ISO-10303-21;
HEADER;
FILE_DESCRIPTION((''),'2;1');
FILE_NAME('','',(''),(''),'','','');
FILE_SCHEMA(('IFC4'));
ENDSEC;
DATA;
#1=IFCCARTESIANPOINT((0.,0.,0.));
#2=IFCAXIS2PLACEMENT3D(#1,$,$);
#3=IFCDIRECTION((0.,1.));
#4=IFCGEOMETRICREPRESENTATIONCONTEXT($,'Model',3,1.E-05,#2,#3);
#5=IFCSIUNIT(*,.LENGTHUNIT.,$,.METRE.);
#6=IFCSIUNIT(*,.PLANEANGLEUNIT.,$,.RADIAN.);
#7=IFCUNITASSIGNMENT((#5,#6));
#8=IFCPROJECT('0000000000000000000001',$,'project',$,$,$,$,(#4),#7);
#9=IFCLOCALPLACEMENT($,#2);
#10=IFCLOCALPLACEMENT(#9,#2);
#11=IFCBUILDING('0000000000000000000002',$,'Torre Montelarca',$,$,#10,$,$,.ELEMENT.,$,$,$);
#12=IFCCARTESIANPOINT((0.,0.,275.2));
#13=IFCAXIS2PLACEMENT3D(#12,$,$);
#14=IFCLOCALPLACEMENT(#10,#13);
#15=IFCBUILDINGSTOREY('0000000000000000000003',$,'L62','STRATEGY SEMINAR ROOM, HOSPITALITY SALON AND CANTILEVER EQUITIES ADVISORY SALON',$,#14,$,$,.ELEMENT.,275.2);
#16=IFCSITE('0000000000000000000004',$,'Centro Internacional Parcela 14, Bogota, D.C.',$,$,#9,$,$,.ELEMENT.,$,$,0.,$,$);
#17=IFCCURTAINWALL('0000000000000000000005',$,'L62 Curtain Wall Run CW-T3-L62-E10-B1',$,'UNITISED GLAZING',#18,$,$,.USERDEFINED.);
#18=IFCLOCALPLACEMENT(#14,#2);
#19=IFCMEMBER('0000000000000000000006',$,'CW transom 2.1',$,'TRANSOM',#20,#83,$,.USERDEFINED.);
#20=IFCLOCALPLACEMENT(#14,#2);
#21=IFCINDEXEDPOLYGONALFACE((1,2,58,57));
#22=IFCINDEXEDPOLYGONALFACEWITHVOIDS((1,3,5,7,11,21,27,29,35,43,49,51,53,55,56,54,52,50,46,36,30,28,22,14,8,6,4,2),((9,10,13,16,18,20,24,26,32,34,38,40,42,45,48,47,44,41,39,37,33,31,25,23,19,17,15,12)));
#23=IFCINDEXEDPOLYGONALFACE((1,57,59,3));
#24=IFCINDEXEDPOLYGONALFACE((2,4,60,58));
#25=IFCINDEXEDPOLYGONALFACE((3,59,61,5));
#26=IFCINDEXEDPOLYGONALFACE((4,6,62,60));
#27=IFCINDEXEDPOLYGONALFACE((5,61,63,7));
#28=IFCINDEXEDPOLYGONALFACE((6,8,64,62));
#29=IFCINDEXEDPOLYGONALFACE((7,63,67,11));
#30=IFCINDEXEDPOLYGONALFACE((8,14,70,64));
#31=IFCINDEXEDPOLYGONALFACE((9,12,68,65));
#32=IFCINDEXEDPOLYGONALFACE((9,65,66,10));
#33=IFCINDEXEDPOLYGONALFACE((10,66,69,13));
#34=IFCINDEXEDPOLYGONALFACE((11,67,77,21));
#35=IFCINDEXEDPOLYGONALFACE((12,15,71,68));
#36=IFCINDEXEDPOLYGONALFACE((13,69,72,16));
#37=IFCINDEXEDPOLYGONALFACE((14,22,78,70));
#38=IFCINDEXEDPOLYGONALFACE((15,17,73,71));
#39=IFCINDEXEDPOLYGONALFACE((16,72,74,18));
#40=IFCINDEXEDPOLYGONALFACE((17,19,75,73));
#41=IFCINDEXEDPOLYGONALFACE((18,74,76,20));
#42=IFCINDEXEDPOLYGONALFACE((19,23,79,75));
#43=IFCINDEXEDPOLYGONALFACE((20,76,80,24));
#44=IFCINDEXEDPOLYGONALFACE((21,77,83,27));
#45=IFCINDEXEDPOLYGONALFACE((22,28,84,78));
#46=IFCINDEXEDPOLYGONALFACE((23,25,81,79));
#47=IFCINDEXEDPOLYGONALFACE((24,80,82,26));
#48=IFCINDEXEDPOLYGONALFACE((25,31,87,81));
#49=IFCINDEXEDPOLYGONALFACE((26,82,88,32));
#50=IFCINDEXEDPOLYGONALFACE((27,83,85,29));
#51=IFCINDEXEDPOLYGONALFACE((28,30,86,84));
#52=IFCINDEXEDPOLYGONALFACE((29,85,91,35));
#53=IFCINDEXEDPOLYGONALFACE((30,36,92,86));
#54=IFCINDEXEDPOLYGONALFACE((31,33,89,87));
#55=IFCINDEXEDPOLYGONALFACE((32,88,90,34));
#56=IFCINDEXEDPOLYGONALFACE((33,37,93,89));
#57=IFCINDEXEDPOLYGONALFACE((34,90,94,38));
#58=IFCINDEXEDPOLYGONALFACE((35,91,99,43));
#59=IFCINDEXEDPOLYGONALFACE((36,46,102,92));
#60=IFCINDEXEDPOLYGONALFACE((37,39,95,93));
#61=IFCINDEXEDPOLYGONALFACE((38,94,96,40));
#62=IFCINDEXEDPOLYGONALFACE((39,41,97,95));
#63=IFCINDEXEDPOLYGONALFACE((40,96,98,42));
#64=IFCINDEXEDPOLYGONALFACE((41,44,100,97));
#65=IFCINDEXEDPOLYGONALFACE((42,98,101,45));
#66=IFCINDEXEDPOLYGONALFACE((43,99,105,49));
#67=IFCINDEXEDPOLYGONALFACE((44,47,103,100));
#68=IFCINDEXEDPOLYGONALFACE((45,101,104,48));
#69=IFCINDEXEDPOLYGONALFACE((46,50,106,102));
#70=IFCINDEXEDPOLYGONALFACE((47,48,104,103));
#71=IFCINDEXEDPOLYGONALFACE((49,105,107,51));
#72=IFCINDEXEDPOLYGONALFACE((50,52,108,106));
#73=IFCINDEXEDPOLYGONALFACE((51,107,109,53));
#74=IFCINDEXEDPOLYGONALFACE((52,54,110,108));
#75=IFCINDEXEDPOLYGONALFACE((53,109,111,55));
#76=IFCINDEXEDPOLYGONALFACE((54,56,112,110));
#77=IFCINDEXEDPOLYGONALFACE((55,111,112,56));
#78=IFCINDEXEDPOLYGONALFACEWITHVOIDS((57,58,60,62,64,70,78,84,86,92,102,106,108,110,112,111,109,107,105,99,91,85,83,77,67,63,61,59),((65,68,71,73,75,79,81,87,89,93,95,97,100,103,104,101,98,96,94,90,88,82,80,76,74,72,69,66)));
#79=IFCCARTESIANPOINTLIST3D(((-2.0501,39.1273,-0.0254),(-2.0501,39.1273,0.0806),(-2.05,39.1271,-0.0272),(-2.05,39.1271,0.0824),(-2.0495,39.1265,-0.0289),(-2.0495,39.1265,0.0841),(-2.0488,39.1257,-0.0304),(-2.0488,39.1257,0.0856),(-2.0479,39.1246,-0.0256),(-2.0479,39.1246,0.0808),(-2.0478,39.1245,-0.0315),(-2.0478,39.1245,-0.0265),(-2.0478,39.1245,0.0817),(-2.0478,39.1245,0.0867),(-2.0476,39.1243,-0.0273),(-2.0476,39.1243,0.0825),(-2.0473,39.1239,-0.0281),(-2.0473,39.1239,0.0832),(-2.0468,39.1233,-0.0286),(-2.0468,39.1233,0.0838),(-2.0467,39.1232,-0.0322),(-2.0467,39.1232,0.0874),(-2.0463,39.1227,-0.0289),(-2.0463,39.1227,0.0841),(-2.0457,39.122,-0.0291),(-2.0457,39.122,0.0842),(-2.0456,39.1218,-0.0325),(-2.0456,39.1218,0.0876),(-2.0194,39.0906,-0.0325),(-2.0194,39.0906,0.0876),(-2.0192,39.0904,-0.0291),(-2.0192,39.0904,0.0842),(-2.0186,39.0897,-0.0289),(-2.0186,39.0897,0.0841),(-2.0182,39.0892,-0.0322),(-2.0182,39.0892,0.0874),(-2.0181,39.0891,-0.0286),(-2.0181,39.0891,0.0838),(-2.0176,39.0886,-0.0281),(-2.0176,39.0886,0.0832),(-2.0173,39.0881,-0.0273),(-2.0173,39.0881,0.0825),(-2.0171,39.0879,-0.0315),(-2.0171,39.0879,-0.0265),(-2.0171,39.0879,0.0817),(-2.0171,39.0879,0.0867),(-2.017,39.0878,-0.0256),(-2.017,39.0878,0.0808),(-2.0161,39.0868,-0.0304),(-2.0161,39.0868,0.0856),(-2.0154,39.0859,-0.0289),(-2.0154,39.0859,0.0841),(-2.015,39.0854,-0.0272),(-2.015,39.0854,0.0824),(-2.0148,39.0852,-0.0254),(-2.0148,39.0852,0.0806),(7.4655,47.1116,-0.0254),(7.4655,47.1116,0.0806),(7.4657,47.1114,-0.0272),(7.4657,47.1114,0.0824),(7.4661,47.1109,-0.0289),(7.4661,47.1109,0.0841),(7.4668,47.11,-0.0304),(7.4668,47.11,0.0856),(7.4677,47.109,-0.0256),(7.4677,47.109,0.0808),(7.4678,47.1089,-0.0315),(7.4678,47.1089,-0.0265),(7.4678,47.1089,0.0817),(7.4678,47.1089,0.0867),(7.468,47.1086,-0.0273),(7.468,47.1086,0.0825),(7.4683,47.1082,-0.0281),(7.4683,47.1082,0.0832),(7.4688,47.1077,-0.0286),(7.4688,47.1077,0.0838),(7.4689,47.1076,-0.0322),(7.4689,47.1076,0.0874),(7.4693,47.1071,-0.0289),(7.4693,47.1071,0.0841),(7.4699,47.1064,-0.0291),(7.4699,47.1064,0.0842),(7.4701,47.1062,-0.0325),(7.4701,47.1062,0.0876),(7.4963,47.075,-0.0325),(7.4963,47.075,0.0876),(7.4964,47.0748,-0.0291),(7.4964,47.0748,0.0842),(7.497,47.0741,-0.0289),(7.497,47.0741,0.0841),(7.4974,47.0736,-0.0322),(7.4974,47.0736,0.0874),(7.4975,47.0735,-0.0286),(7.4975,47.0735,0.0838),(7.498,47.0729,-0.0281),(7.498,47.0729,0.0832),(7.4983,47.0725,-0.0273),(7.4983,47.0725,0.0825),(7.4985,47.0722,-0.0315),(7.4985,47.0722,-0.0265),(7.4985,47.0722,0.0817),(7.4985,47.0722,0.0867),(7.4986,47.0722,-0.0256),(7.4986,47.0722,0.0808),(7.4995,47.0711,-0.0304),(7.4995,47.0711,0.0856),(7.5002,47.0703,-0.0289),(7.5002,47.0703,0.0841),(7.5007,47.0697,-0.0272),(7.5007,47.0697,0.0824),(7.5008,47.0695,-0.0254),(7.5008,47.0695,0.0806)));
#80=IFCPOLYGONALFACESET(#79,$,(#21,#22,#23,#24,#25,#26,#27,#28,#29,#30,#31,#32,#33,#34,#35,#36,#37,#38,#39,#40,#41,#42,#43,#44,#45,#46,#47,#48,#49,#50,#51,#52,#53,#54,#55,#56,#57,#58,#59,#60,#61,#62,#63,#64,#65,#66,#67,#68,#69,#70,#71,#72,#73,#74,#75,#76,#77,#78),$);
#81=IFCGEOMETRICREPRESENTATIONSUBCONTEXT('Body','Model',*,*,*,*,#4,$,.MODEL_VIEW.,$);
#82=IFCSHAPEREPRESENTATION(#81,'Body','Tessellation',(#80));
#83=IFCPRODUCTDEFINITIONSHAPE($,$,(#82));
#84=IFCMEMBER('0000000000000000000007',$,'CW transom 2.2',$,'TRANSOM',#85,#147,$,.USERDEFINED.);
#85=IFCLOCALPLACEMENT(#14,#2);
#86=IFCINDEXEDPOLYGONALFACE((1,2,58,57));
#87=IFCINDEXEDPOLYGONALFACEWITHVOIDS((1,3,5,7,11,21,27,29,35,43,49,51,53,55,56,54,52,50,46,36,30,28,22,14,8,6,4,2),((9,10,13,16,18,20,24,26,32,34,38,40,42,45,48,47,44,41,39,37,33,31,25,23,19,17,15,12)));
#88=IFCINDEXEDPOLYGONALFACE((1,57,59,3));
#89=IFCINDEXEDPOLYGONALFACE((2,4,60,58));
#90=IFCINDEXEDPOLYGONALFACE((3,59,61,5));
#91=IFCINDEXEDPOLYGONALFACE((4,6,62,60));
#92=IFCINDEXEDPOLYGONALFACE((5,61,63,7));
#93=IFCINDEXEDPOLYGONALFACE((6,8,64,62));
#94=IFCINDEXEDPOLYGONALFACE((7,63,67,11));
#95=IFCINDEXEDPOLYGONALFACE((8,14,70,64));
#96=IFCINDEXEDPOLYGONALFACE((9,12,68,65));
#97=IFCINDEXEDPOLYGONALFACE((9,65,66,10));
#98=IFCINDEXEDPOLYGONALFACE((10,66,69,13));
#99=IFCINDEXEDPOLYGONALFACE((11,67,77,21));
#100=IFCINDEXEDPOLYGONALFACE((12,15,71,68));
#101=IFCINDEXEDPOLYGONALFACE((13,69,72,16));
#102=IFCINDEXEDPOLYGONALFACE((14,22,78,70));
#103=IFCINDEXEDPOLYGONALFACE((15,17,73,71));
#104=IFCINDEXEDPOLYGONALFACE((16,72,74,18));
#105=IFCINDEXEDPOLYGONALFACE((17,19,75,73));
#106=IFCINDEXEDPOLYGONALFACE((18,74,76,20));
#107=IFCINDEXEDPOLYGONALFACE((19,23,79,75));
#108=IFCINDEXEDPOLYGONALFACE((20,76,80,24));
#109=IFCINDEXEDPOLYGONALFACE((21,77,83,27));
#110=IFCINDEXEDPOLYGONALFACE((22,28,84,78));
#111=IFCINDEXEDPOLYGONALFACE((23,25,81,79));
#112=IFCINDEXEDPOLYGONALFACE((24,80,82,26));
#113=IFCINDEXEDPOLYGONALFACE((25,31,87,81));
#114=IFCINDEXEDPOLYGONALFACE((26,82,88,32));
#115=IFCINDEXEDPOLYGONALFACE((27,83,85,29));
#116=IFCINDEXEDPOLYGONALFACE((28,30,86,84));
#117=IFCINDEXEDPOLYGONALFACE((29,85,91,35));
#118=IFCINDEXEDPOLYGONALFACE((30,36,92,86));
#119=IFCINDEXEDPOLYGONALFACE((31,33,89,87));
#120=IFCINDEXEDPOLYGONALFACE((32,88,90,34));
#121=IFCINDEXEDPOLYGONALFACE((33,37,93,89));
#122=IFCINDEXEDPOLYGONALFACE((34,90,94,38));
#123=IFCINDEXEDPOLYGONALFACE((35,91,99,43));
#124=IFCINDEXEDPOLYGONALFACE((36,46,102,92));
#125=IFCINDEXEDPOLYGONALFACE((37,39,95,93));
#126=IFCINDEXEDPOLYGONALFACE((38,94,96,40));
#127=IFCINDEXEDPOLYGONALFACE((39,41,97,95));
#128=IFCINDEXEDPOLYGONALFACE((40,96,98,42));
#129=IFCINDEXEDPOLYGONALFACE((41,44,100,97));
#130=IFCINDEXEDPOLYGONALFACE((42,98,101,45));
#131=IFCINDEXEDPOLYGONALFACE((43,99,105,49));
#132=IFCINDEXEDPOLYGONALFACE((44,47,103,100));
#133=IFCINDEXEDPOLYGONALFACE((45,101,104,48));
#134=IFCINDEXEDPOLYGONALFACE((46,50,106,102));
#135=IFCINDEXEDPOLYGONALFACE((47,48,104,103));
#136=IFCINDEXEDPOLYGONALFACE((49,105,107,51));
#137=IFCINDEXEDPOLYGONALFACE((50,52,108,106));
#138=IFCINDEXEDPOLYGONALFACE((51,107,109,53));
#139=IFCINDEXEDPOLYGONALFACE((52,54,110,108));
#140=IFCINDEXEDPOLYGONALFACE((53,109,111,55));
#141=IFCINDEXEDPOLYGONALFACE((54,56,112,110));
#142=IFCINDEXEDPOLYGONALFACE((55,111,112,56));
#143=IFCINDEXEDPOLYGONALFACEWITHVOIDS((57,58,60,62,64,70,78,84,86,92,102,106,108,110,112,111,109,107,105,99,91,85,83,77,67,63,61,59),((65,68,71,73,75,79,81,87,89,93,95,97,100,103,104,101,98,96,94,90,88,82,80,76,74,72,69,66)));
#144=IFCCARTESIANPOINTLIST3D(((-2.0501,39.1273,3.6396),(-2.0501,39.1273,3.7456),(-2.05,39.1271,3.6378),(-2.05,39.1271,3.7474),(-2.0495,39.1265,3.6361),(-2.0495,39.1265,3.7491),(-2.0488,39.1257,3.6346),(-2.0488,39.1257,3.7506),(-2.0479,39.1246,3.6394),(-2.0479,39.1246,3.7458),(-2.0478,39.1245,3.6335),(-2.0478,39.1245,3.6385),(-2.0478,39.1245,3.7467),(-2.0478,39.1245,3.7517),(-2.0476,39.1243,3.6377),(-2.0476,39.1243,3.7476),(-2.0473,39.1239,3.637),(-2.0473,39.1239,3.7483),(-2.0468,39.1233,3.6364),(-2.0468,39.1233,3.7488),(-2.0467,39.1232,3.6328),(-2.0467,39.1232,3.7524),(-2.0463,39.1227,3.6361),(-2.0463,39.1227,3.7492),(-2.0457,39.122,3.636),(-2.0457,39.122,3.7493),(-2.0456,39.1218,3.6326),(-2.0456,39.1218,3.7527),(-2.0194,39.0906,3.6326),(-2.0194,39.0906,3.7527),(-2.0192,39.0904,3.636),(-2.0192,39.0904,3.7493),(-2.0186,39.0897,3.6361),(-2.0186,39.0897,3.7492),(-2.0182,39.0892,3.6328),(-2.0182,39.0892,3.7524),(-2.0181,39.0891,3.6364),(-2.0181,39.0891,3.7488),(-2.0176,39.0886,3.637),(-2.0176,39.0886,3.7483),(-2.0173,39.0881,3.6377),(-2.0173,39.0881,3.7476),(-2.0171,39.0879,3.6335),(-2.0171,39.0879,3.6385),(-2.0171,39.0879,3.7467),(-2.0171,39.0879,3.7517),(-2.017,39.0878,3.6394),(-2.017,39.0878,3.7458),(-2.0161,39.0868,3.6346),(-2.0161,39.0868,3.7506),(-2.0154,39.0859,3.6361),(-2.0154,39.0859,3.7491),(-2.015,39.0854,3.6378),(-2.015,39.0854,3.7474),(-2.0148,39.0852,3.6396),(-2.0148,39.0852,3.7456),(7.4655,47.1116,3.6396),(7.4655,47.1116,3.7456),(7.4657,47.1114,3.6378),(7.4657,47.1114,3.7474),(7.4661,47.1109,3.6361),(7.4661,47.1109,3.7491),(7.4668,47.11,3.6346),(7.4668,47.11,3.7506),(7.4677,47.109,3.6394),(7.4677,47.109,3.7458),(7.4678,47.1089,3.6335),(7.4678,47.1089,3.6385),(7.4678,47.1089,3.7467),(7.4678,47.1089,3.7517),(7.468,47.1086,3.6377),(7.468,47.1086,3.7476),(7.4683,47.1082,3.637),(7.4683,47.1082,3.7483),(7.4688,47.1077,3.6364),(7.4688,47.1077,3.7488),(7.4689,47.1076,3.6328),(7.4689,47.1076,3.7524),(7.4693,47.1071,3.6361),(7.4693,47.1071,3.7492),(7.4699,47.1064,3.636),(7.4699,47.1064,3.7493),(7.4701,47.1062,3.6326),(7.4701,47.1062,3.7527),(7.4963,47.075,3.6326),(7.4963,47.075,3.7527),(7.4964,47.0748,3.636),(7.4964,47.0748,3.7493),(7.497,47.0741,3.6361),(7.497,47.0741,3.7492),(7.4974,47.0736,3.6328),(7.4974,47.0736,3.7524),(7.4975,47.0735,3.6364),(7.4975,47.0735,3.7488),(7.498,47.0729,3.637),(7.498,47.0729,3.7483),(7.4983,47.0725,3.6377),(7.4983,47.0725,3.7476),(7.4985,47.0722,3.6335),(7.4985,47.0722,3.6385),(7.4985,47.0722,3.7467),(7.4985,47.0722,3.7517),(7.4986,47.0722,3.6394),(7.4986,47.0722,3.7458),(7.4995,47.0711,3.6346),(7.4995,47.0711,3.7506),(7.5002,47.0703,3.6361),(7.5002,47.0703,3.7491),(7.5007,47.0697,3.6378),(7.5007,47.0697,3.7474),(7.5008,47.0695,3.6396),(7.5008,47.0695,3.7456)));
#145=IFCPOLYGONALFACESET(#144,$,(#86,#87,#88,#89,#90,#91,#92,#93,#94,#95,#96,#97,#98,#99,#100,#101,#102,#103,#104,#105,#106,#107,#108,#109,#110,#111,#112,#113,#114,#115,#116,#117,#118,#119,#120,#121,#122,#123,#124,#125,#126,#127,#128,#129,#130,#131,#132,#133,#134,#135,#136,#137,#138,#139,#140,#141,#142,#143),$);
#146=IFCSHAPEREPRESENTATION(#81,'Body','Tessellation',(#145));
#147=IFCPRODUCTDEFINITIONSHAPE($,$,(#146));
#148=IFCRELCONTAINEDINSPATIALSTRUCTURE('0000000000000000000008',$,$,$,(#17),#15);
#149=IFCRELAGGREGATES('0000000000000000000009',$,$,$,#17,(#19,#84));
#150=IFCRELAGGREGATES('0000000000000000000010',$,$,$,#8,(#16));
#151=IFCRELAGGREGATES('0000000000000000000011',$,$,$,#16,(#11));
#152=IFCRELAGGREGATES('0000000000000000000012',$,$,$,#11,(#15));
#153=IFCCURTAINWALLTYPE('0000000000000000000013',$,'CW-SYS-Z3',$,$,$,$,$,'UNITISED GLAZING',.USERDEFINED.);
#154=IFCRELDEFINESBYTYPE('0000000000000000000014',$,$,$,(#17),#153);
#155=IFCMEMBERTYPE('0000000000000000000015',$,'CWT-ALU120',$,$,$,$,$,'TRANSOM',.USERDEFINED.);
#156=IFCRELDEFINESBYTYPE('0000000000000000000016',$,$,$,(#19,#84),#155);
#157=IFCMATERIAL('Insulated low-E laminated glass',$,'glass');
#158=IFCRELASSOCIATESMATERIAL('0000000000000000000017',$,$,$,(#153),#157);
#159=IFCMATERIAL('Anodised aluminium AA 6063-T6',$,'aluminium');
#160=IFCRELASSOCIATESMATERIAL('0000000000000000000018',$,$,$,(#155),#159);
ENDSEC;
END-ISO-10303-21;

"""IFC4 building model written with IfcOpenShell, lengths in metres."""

from ifc_helpers import new_model, si_unit, direction, frame, origin, origin_2d, place, context, subcontext, project, spatial, hollow_rectangle, extrude, source, transform, mapped, material, material_profile, profile_set, type_object, element, aggregate, save


model = new_model("IFC4")

# Units and contexts
model_context = context("Model", 3, precision=1e-05, world=origin(), true_north=direction((0.0, 1.0)))
body_context = subcontext(model_context, "Body", "Model", "MODEL_VIEW")
ifc_project = project(units=[si_unit("LENGTHUNIT", "METRE"), si_unit("PLANEANGLEUNIT", "RADIAN")], contexts=[model_context])

# Site, building, storey
site_placement = place(None, origin())
site = spatial("IfcSite", under=ifc_project, at=site_placement, Name="Centro Internacional Parcela 14, Bogota, D.C.", CompositionType="ELEMENT", RefElevation=0.0)
building_placement = place(site_placement, origin())
building = spatial("IfcBuilding", under=site, at=building_placement, Name="Torre Montelarca", CompositionType="ELEMENT")
storey_placement = place(building_placement, frame((0.0, 0.0, 275.2)))
storey = spatial("IfcBuildingStorey", under=building, at=storey_placement, Name="L62", Description="STRATEGY SEMINAR ROOM, HOSPITALITY SALON AND CANTILEVER EQUITIES ADVISORY SALON", CompositionType="ELEMENT", Elevation=275.2)

# Curtain wall, members
ifc_material_1 = material(Name="Insulated low-E laminated glass", Category="glass")
curtain_wall_type = type_object("IfcCurtainWallType", Name="CW-SYS-Z3", ElementType="UNITISED GLAZING", PredefinedType="USERDEFINED", material=ifc_material_1)
ifc_material_2 = material(Name="Anodised aluminium AA 6063-T6", Category="aluminium")
ifc_material_profile_1 = material_profile(ifc_material_2, hollow_rectangle(XDim=0.0549, YDim=0.1201, WallThickness=0.0034, InnerFilletRadius=0.0034, OuterFilletRadius=0.0071, at=origin_2d()), Name="ALU55X120X3.5", Category="aluminium")
ifc_profile_set_1 = profile_set([ifc_material_profile_1], Name="Anodised aluminium AA 6063-T6")
member_type_1 = type_object("IfcMemberType", Name="CWT-ALU120", ElementType="TRANSOM", PredefinedType="USERDEFINED", material=ifc_profile_set_1)
curtain_wall_1_placement = place(storey_placement, origin())
curtain_wall_1 = element("IfcCurtainWall", 1, at=curtain_wall_1_placement, inside=storey, type_object=curtain_wall_type, Name="L62 Curtain Wall Run CW-T3-L62-E10-B1", ObjectType="UNITISED GLAZING", PredefinedType="USERDEFINED")
shared_shape_1 = source(origin(), body_context, "Body", "SweptSolid", [
    extrude(hollow_rectangle(XDim=0.0549, YDim=0.1201, WallThickness=0.0034, InnerFilletRadius=0.0034, OuterFilletRadius=0.0071, at=origin_2d()), origin(), (0.0, 0.0, 1.0), 12.4216),
])
member_1_placement = place(storey_placement, frame((7.4832, 47.0906, 0.0276), z_axis=(-0.766052, -0.642779, 0.0), x_axis=(0.642779, -0.766052, 0.0)))
member_1 = element("IfcMember", 2, at=member_1_placement, type_object=member_type_1, Name="CW transom 2.1", ObjectType="TRANSOM", PredefinedType="USERDEFINED", context=body_context, shape_type="MappedRepresentation", body=[
    mapped(shared_shape_1, transform((0.0, 0.0, 0.0), scale=1.0)),
])
member_2_placement = place(storey_placement, frame((7.4832, 47.0906, 3.6926), z_axis=(-0.766052, -0.642779, 0.0), x_axis=(0.642779, -0.766052, 0.0)))
member_2 = element("IfcMember", 3, at=member_2_placement, type_object=member_type_1, Name="CW transom 2.2", ObjectType="TRANSOM", PredefinedType="USERDEFINED", context=body_context, shape_type="MappedRepresentation", body=[
    mapped(shared_shape_1, transform((0.0, 0.0, 0.0), scale=1.0)),
])

aggregate(curtain_wall_1, [member_1, member_2])

save(model, "model.ifc")
